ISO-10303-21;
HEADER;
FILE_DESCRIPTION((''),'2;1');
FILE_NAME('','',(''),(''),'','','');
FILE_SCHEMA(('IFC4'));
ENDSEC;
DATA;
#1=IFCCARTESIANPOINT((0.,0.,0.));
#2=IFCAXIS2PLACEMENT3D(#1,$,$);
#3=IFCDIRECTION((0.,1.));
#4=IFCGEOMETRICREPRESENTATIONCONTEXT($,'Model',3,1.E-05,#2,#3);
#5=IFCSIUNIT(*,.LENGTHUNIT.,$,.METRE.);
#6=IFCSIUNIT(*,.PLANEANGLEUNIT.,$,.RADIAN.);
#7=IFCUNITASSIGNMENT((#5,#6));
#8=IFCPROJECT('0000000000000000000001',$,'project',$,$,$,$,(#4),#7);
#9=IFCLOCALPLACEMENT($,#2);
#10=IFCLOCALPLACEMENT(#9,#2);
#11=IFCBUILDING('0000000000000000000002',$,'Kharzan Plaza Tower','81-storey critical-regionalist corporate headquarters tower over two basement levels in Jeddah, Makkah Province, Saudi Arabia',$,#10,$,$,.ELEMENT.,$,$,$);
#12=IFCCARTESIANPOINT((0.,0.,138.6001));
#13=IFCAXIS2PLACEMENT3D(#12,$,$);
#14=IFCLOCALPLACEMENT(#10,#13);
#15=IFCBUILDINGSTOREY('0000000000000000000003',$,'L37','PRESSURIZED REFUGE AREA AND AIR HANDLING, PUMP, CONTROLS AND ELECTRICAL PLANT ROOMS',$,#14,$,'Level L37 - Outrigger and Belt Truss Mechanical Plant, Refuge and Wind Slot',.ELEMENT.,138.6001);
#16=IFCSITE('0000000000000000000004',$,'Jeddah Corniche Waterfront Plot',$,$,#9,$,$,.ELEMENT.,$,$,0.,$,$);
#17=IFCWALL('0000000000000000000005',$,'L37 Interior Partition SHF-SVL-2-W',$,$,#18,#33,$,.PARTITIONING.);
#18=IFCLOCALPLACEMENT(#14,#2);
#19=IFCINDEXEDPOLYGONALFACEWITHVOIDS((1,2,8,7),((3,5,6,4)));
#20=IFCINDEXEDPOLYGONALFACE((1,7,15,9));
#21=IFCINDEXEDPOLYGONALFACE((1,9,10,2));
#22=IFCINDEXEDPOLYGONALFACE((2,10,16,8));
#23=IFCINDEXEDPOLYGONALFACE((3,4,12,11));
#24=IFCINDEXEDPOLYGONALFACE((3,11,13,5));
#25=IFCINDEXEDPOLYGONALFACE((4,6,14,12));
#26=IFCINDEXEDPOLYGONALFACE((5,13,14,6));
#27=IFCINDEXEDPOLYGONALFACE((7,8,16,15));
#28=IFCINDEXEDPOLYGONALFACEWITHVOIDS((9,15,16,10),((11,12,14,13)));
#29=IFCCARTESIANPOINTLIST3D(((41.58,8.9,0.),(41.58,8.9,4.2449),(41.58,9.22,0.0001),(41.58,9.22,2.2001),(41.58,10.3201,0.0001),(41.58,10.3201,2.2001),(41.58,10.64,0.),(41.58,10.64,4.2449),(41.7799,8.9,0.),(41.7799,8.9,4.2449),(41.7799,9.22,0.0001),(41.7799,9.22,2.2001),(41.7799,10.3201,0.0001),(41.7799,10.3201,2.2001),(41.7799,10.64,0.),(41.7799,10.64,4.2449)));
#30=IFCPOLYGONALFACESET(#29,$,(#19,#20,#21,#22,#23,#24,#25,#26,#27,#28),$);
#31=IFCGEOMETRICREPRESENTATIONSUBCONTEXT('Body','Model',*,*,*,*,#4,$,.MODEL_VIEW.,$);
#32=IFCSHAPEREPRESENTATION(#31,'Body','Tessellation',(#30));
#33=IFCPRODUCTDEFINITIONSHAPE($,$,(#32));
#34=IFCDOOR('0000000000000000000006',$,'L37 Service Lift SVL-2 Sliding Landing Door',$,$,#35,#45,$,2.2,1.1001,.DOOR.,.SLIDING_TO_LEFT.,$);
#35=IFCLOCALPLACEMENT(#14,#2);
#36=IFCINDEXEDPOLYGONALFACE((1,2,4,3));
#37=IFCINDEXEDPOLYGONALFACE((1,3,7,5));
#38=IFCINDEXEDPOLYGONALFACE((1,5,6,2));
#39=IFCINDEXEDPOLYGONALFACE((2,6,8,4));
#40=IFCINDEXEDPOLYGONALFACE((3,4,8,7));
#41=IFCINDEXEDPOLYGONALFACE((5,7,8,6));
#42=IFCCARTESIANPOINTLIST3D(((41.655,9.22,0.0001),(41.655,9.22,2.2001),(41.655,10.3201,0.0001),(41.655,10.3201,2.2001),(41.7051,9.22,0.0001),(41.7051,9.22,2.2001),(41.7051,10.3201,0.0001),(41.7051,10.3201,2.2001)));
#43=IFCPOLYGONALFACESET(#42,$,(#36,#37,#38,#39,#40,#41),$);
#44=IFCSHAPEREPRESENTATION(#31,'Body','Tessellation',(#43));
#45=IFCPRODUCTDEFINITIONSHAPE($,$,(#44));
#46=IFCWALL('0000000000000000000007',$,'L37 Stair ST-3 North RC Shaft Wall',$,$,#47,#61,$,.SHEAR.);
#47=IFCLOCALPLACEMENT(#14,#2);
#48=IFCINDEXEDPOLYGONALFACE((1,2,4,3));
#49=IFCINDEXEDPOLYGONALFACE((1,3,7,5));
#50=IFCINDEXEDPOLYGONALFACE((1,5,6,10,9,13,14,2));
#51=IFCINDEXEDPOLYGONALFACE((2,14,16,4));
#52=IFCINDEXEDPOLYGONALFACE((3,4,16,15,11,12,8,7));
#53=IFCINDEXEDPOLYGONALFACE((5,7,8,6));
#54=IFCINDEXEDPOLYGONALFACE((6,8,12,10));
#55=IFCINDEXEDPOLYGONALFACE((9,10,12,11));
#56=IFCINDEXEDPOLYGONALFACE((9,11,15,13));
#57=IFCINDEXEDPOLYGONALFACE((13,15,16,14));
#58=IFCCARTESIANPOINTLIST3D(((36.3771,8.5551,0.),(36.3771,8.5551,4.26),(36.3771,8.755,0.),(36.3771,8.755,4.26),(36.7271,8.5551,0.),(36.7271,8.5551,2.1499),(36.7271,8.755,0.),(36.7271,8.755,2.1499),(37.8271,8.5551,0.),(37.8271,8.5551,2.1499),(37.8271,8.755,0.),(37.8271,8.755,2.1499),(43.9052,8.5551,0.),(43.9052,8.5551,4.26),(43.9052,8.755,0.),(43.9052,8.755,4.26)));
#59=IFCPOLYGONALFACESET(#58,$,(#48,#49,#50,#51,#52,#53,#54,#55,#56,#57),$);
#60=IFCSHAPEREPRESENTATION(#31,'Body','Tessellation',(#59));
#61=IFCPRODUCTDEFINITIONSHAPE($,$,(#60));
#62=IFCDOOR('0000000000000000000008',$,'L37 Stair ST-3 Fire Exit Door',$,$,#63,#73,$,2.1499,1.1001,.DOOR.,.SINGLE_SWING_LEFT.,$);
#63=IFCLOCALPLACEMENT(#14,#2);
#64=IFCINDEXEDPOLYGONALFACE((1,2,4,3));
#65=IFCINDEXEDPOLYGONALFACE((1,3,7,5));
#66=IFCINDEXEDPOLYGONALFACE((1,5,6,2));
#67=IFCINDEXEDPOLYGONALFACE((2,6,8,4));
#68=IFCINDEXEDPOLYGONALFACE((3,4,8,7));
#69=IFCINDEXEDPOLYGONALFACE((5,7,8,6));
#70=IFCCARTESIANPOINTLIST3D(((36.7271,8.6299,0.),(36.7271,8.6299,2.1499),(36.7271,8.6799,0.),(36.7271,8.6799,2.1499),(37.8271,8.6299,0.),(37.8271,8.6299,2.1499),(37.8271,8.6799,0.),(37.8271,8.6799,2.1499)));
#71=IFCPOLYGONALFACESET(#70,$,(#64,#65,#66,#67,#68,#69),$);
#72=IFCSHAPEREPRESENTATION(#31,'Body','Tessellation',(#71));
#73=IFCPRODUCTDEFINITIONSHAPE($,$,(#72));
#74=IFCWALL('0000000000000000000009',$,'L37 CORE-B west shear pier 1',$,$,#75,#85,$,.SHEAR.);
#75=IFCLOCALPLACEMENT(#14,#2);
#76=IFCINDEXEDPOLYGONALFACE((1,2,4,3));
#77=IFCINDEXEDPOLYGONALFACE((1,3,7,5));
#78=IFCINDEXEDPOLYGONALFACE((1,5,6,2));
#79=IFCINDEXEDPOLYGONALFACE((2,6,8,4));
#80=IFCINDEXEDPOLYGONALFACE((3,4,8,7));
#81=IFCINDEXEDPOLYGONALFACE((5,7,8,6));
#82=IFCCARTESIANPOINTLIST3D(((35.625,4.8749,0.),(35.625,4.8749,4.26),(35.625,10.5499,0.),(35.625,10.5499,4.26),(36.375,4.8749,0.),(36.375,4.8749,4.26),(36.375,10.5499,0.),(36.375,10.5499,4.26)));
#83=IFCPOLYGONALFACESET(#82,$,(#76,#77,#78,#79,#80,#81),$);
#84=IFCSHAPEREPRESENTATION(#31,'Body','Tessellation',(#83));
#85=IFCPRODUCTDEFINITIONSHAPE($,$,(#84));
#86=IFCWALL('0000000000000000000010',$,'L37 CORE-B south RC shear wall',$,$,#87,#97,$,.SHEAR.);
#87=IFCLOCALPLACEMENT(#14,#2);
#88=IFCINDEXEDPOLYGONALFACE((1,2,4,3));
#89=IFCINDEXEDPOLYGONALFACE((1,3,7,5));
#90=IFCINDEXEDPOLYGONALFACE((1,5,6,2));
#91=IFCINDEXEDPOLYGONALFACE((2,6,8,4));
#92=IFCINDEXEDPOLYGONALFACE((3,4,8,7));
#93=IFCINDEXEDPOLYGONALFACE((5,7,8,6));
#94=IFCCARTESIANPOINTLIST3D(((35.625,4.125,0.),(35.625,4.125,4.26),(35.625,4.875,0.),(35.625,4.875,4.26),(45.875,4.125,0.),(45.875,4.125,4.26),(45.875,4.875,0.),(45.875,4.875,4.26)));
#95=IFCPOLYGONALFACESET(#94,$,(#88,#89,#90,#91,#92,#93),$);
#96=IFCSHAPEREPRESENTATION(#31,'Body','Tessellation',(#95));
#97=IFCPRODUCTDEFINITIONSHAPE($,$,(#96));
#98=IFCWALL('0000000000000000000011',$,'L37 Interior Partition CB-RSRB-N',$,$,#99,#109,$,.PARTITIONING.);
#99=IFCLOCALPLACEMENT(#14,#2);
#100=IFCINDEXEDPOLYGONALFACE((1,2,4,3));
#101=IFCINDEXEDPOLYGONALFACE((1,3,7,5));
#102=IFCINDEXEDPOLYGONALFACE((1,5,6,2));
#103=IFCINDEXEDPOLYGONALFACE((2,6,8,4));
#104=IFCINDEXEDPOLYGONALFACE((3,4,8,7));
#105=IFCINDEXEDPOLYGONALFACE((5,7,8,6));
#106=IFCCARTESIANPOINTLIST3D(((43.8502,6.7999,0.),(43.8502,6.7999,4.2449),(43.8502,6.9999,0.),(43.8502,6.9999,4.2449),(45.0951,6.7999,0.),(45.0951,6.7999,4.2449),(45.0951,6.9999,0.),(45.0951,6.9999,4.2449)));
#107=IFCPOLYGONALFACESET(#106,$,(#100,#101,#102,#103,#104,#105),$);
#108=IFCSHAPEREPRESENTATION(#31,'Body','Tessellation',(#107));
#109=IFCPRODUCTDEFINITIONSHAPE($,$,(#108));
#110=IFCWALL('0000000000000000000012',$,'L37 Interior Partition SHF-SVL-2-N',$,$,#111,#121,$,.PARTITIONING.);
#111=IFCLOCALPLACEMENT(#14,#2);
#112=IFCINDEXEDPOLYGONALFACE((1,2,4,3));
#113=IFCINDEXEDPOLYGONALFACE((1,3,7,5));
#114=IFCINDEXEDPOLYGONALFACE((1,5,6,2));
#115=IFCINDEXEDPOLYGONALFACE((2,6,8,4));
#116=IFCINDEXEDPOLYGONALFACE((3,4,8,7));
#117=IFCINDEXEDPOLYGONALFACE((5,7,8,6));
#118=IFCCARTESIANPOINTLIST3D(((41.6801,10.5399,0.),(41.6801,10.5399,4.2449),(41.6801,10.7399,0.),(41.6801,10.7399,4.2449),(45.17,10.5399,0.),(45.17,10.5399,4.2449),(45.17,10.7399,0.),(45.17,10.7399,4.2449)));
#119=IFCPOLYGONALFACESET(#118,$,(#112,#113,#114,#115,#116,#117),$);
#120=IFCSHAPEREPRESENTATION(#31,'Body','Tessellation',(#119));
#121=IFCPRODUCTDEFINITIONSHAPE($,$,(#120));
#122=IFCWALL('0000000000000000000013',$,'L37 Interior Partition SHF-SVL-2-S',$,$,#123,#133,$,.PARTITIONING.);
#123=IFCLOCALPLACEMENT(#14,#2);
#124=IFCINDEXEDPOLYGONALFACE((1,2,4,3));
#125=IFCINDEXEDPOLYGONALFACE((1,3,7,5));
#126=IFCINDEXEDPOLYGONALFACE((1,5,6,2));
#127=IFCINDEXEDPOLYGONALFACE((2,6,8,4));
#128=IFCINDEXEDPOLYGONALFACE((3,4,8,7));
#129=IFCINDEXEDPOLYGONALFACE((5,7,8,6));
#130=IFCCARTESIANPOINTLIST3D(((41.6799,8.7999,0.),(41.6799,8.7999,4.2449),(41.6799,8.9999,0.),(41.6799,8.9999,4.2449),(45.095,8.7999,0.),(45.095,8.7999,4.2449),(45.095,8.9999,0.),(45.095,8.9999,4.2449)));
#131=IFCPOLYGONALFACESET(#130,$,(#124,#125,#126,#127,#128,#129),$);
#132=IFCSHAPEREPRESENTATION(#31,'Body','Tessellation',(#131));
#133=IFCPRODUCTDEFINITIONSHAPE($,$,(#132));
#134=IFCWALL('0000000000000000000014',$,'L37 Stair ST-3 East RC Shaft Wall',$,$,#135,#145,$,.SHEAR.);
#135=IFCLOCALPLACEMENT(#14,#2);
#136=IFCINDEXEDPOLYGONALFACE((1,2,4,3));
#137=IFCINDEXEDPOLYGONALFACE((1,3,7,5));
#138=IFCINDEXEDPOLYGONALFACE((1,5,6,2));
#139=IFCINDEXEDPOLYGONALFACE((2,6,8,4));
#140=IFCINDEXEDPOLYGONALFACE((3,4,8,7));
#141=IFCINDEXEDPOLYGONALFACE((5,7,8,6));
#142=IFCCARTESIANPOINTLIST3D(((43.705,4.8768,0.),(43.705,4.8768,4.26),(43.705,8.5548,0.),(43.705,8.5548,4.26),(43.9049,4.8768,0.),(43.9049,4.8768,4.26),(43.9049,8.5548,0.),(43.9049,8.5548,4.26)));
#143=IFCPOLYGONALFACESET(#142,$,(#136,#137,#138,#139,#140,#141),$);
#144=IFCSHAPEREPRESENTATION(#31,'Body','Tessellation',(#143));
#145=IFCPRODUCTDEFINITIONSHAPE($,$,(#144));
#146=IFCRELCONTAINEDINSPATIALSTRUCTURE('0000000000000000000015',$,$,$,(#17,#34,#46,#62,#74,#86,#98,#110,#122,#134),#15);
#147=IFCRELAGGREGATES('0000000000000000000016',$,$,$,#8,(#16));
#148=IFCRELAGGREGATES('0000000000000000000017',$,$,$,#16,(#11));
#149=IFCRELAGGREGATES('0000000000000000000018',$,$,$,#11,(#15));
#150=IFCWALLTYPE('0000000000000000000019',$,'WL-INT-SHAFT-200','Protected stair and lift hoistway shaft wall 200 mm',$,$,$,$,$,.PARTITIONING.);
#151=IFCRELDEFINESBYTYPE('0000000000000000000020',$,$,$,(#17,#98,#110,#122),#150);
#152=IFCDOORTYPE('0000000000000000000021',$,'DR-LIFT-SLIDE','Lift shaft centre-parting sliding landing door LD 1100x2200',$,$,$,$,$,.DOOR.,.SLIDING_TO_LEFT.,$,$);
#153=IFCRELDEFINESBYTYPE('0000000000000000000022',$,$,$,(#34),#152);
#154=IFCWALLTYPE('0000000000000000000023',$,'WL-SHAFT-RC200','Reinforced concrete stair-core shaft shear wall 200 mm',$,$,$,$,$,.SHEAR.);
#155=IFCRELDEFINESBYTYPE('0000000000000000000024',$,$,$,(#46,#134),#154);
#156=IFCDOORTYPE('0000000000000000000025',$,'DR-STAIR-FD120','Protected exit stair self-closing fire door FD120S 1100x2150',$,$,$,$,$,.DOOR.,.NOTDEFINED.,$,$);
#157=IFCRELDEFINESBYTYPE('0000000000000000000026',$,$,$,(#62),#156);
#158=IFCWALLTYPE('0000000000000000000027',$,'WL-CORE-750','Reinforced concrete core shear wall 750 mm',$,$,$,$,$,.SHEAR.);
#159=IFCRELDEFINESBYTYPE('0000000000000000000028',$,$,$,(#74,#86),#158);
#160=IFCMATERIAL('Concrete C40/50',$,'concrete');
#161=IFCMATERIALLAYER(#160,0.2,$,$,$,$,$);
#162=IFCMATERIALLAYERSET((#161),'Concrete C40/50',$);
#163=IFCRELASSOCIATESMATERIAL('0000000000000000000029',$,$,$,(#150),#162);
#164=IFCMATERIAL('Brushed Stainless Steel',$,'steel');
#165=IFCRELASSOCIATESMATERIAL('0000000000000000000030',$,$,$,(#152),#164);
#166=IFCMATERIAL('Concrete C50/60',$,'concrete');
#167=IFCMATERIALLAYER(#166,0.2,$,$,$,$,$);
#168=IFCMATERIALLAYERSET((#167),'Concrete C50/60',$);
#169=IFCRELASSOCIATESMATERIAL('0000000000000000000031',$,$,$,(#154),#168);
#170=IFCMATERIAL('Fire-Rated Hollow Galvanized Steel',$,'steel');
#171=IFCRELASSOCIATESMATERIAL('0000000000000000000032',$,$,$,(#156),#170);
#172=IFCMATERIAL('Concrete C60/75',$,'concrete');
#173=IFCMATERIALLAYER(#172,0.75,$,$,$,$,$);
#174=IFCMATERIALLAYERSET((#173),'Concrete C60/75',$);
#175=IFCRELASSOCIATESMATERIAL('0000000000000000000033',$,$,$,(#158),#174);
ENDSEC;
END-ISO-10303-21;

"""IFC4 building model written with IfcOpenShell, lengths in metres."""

from ifc_helpers import new_model, si_unit, direction, frame, frame_2d, origin, place, context, subcontext, project, spatial, rectangle, extrude, source, transform, mapped, material, layer, layer_set, type_object, element, fill, save


model = new_model("IFC4")

# Units and contexts
model_context = context("Model", 3, precision=1e-05, world=origin(), true_north=direction((0.0, 1.0)))
body_context = subcontext(model_context, "Body", "Model", "MODEL_VIEW")
ifc_project = project(units=[si_unit("LENGTHUNIT", "METRE"), si_unit("PLANEANGLEUNIT", "RADIAN")], contexts=[model_context])

# Site, building, storey
site_placement = place(None, origin())
site = spatial("IfcSite", under=ifc_project, at=site_placement, Name="Jeddah Corniche Waterfront Plot", CompositionType="ELEMENT", RefElevation=0.0)
building_placement = place(site_placement, origin())
building = spatial("IfcBuilding", under=site, at=building_placement, Name="Kharzan Plaza Tower", Description="81-storey critical-regionalist corporate headquarters tower over two basement levels in Jeddah, Makkah Province, Saudi Arabia", CompositionType="ELEMENT")
storey_placement = place(building_placement, frame((0.0, 0.0, 138.6001)))
storey = spatial("IfcBuildingStorey", under=building, at=storey_placement, Name="L37", Description="PRESSURIZED REFUGE AREA AND AIR HANDLING, PUMP, CONTROLS AND ELECTRICAL PLANT ROOMS", LongName="Level L37 - Outrigger and Belt Truss Mechanical Plant, Refuge and Wind Slot", CompositionType="ELEMENT", Elevation=138.6001)

# Shared definitions
ifc_material_1 = material(Name="Concrete C60/75", Category="concrete")

# Walls, openings, doors
ifc_material_2 = material(Name="Concrete C40/50", Category="concrete")
ifc_layer_1 = layer(ifc_material_2, 0.2)
ifc_layer_set_1 = layer_set([ifc_layer_1], Name="Concrete C40/50")
wall_type_1 = type_object("IfcWallType", Name="WL-INT-SHAFT-200", Description="Protected stair and lift hoistway shaft wall 200 mm", PredefinedType="PARTITIONING", material=ifc_layer_set_1)
wall_1_placement = place(storey_placement, frame((41.6799, 8.8999, 0.0), z_axis=(0.0, 0.0, 1.0), x_axis=(0.0, 1.0, 0.0)))
wall_1 = element("IfcWall", 1, at=wall_1_placement, inside=storey, type_object=wall_type_1, Name="L37 Interior Partition SHF-SVL-2-W", PredefinedType="PARTITIONING", context=body_context, shape_type="SweptSolid", body=[
    extrude(rectangle(XDim=1.74, YDim=0.2, at=frame_2d((0.8701, 0.0))), origin(), (0.0, 0.0, 1.0), 4.2449),
])
opening_1_placement = place(wall_1_placement, frame((0.3201, 0.0, 0.0)))
opening_1 = element("IfcOpeningElement", 2, at=opening_1_placement, cuts=wall_1, PredefinedType="OPENING", context=body_context, shape_type="SweptSolid", body=[
    extrude(rectangle(XDim=1.1001, YDim=2.2, at=frame_2d((0.55, 1.1001))), frame((0.0, 0.1099, 0.0), z_axis=(0.0, -1.0, 0.0), x_axis=(1.0, 0.0, 0.0)), (0.0, 0.0, 1.0), 0.22),
])
ifc_material_3 = material(Name="Brushed Stainless Steel", Category="steel")
door_type_1 = type_object("IfcDoorType", Name="DR-LIFT-SLIDE", Description="Lift shaft centre-parting sliding landing door LD 1100x2200", OperationType="SLIDING_TO_LEFT", PredefinedType="DOOR", material=ifc_material_3)
shared_shape_1 = source(origin(), body_context, "Body", "SweptSolid", [
    extrude(rectangle(XDim=1.1001, YDim=2.2, at=frame_2d((0.55, 1.1001))), frame((0.0, 0.0249, 0.0), z_axis=(0.0, -1.0, 0.0), x_axis=(1.0, 0.0, 0.0)), (0.0, 0.0, 1.0), 0.05),
])
door_1_placement = place(opening_1_placement, origin())
door_1 = element("IfcDoor", 3, at=door_1_placement, inside=storey, type_object=door_type_1, Name="L37 Service Lift SVL-2 Sliding Landing Door", OperationType="SLIDING_TO_LEFT", OverallHeight=2.2, OverallWidth=1.1001, PredefinedType="DOOR", context=body_context, shape_type="MappedRepresentation", body=[
    mapped(shared_shape_1, transform((0.0, 0.0, 0.0), x_axis=(1.0, 0.0, 0.0), y_axis=(0.0, 1.0, 0.0), z_axis=(0.0, 0.0, 1.0))),
])
fill(opening_1, door_1)
ifc_material_4 = material(Name="Concrete C50/60", Category="concrete")
ifc_layer_2 = layer(ifc_material_4, 0.2)
ifc_layer_set_2 = layer_set([ifc_layer_2], Name="Concrete C50/60")
wall_type_2 = type_object("IfcWallType", Name="WL-SHAFT-RC200", Description="Reinforced concrete stair-core shaft shear wall 200 mm", PredefinedType="SHEAR", material=ifc_layer_set_2)
wall_2_placement = place(storey_placement, frame((36.377, 8.655, 0.0), z_axis=(0.0, 0.0, 1.0), x_axis=(1.0, 0.0, 0.0)))
wall_2 = element("IfcWall", 4, at=wall_2_placement, inside=storey, type_object=wall_type_2, Name="L37 Stair ST-3 North RC Shaft Wall", PredefinedType="SHEAR", context=body_context, shape_type="SweptSolid", body=[
    extrude(rectangle(XDim=7.5281, YDim=0.2, at=frame_2d((3.7642, 0.0))), origin(), (0.0, 0.0, 1.0), 4.26),
])
opening_2_placement = place(wall_2_placement, frame((0.3501, 0.0, 0.0)))
opening_2 = element("IfcOpeningElement", 5, at=opening_2_placement, cuts=wall_2, PredefinedType="OPENING", context=body_context, shape_type="SweptSolid", body=[
    extrude(rectangle(XDim=1.1001, YDim=2.1499, at=frame_2d((0.55, 1.075))), frame((0.0, 0.1099, 0.0), z_axis=(0.0, -1.0, 0.0), x_axis=(1.0, 0.0, 0.0)), (0.0, 0.0, 1.0), 0.22),
])
ifc_material_5 = material(Name="Fire-Rated Hollow Galvanized Steel", Category="steel")
door_type_2 = type_object("IfcDoorType", Name="DR-STAIR-FD120", Description="Protected exit stair self-closing fire door FD120S 1100x2150", OperationType="NOTDEFINED", PredefinedType="DOOR", material=ifc_material_5)
shared_shape_2 = source(origin(), body_context, "Body", "SweptSolid", [
    extrude(rectangle(XDim=1.1001, YDim=2.1499, at=frame_2d((0.55, 1.075))), frame((0.0, 0.0249, 0.0), z_axis=(0.0, -1.0, 0.0), x_axis=(1.0, 0.0, 0.0)), (0.0, 0.0, 1.0), 0.05),
])
door_2_placement = place(opening_2_placement, origin())
door_2 = element("IfcDoor", 6, at=door_2_placement, inside=storey, type_object=door_type_2, Name="L37 Stair ST-3 Fire Exit Door", OperationType="SINGLE_SWING_LEFT", OverallHeight=2.1499, OverallWidth=1.1001, PredefinedType="DOOR", context=body_context, shape_type="MappedRepresentation", body=[
    mapped(shared_shape_2, transform((0.0, 0.0, 0.0), x_axis=(1.0, 0.0, 0.0), y_axis=(0.0, 1.0, 0.0), z_axis=(0.0, 0.0, 1.0))),
])
fill(opening_2, door_2)

# Walls
ifc_layer_3 = layer(ifc_material_1, 0.75)
ifc_layer_set_3 = layer_set([ifc_layer_3], Name="Concrete C60/75")
wall_type_3 = type_object("IfcWallType", Name="WL-CORE-750", Description="Reinforced concrete core shear wall 750 mm", PredefinedType="SHEAR", material=ifc_layer_set_3)
shared_shape_3 = source(origin(), body_context, "Body", "SweptSolid", [
    extrude(rectangle(XDim=5.675, YDim=0.75, at=frame_2d((2.8374, 0.0))), origin(), (0.0, 0.0, 1.0), 4.26),
])
wall_3_placement = place(storey_placement, frame((36.0, 4.875, 0.0), z_axis=(0.0, 0.0, 1.0), x_axis=(0.0, 1.0, 0.0)))
element("IfcWall", 7, at=wall_3_placement, inside=storey, type_object=wall_type_3, Name="L37 CORE-B west shear pier 1", PredefinedType="SHEAR", context=body_context, shape_type="MappedRepresentation", body=[
    mapped(shared_shape_3, transform((0.0, 0.0, 0.0), x_axis=(1.0, 0.0, 0.0), y_axis=(0.0, 1.0, 0.0), z_axis=(0.0, 0.0, 1.0))),
])
shared_shape_4 = source(origin(), body_context, "Body", "SweptSolid", [
    extrude(rectangle(XDim=10.25, YDim=0.75, at=frame_2d((5.125, 0.0))), origin(), (0.0, 0.0, 1.0), 4.26),
])
wall_4_placement = place(storey_placement, frame((35.625, 4.5, 0.0), z_axis=(0.0, 0.0, 1.0), x_axis=(1.0, 0.0, 0.0)))
element("IfcWall", 8, at=wall_4_placement, inside=storey, type_object=wall_type_3, Name="L37 CORE-B south RC shear wall", PredefinedType="SHEAR", context=body_context, shape_type="MappedRepresentation", body=[
    mapped(shared_shape_4, transform((0.0, 0.0, 0.0), x_axis=(1.0, 0.0, 0.0), y_axis=(0.0, 1.0, 0.0), z_axis=(0.0, 0.0, 1.0))),
])
shared_shape_5 = source(origin(), body_context, "Body", "SweptSolid", [
    extrude(rectangle(XDim=1.2449, YDim=0.2, at=frame_2d((0.6226, 0.0))), origin(), (0.0, 0.0, 1.0), 4.2449),
])
wall_5_placement = place(storey_placement, frame((43.8501, 6.8999, 0.0), z_axis=(0.0, 0.0, 1.0), x_axis=(1.0, 0.0, 0.0)))
element("IfcWall", 9, at=wall_5_placement, inside=storey, type_object=wall_type_1, Name="L37 Interior Partition CB-RSRB-N", PredefinedType="PARTITIONING", context=body_context, shape_type="MappedRepresentation", body=[
    mapped(shared_shape_5, transform((0.0, 0.0, 0.0), x_axis=(1.0, 0.0, 0.0), y_axis=(0.0, 1.0, 0.0), z_axis=(0.0, 0.0, 1.0))),
])
shared_shape_6 = source(origin(), body_context, "Body", "SweptSolid", [
    extrude(rectangle(XDim=3.49, YDim=0.2, at=frame_2d((1.7451, 0.0))), origin(), (0.0, 0.0, 1.0), 4.2449),
])
wall_6_placement = place(storey_placement, frame((41.6799, 10.6399, 0.0), z_axis=(0.0, 0.0, 1.0), x_axis=(1.0, 0.0, 0.0)))
element("IfcWall", 10, at=wall_6_placement, inside=storey, type_object=wall_type_1, Name="L37 Interior Partition SHF-SVL-2-N", PredefinedType="PARTITIONING", context=body_context, shape_type="MappedRepresentation", body=[
    mapped(shared_shape_6, transform((0.0, 0.0, 0.0), x_axis=(1.0, 0.0, 0.0), y_axis=(0.0, 1.0, 0.0), z_axis=(0.0, 0.0, 1.0))),
])
shared_shape_7 = source(origin(), body_context, "Body", "SweptSolid", [
    extrude(rectangle(XDim=3.415, YDim=0.2, at=frame_2d((1.7075, 0.0))), origin(), (0.0, 0.0, 1.0), 4.2449),
])
wall_7_placement = place(storey_placement, frame((41.6799, 8.8999, 0.0), z_axis=(0.0, 0.0, 1.0), x_axis=(1.0, 0.0, 0.0)))
element("IfcWall", 11, at=wall_7_placement, inside=storey, type_object=wall_type_1, Name="L37 Interior Partition SHF-SVL-2-S", PredefinedType="PARTITIONING", context=body_context, shape_type="MappedRepresentation", body=[
    mapped(shared_shape_7, transform((0.0, 0.0, 0.0), x_axis=(1.0, 0.0, 0.0), y_axis=(0.0, 1.0, 0.0), z_axis=(0.0, 0.0, 1.0))),
])
shared_shape_8 = source(origin(), body_context, "Body", "SweptSolid", [
    extrude(rectangle(XDim=3.678, YDim=0.2, at=frame_2d((1.8389, 0.0))), origin(), (0.0, 0.0, 1.0), 4.26),
])
wall_8_placement = place(storey_placement, frame((43.8049, 4.877, 0.0), z_axis=(0.0, 0.0, 1.0), x_axis=(0.0, 1.0, 0.0)))
element("IfcWall", 12, at=wall_8_placement, inside=storey, type_object=wall_type_2, Name="L37 Stair ST-3 East RC Shaft Wall", PredefinedType="SHEAR", context=body_context, shape_type="MappedRepresentation", body=[
    mapped(shared_shape_8, transform((0.0, 0.0, 0.0), x_axis=(1.0, 0.0, 0.0), y_axis=(0.0, 1.0, 0.0), z_axis=(0.0, 0.0, 1.0))),
])

save(model, "model.ifc")
